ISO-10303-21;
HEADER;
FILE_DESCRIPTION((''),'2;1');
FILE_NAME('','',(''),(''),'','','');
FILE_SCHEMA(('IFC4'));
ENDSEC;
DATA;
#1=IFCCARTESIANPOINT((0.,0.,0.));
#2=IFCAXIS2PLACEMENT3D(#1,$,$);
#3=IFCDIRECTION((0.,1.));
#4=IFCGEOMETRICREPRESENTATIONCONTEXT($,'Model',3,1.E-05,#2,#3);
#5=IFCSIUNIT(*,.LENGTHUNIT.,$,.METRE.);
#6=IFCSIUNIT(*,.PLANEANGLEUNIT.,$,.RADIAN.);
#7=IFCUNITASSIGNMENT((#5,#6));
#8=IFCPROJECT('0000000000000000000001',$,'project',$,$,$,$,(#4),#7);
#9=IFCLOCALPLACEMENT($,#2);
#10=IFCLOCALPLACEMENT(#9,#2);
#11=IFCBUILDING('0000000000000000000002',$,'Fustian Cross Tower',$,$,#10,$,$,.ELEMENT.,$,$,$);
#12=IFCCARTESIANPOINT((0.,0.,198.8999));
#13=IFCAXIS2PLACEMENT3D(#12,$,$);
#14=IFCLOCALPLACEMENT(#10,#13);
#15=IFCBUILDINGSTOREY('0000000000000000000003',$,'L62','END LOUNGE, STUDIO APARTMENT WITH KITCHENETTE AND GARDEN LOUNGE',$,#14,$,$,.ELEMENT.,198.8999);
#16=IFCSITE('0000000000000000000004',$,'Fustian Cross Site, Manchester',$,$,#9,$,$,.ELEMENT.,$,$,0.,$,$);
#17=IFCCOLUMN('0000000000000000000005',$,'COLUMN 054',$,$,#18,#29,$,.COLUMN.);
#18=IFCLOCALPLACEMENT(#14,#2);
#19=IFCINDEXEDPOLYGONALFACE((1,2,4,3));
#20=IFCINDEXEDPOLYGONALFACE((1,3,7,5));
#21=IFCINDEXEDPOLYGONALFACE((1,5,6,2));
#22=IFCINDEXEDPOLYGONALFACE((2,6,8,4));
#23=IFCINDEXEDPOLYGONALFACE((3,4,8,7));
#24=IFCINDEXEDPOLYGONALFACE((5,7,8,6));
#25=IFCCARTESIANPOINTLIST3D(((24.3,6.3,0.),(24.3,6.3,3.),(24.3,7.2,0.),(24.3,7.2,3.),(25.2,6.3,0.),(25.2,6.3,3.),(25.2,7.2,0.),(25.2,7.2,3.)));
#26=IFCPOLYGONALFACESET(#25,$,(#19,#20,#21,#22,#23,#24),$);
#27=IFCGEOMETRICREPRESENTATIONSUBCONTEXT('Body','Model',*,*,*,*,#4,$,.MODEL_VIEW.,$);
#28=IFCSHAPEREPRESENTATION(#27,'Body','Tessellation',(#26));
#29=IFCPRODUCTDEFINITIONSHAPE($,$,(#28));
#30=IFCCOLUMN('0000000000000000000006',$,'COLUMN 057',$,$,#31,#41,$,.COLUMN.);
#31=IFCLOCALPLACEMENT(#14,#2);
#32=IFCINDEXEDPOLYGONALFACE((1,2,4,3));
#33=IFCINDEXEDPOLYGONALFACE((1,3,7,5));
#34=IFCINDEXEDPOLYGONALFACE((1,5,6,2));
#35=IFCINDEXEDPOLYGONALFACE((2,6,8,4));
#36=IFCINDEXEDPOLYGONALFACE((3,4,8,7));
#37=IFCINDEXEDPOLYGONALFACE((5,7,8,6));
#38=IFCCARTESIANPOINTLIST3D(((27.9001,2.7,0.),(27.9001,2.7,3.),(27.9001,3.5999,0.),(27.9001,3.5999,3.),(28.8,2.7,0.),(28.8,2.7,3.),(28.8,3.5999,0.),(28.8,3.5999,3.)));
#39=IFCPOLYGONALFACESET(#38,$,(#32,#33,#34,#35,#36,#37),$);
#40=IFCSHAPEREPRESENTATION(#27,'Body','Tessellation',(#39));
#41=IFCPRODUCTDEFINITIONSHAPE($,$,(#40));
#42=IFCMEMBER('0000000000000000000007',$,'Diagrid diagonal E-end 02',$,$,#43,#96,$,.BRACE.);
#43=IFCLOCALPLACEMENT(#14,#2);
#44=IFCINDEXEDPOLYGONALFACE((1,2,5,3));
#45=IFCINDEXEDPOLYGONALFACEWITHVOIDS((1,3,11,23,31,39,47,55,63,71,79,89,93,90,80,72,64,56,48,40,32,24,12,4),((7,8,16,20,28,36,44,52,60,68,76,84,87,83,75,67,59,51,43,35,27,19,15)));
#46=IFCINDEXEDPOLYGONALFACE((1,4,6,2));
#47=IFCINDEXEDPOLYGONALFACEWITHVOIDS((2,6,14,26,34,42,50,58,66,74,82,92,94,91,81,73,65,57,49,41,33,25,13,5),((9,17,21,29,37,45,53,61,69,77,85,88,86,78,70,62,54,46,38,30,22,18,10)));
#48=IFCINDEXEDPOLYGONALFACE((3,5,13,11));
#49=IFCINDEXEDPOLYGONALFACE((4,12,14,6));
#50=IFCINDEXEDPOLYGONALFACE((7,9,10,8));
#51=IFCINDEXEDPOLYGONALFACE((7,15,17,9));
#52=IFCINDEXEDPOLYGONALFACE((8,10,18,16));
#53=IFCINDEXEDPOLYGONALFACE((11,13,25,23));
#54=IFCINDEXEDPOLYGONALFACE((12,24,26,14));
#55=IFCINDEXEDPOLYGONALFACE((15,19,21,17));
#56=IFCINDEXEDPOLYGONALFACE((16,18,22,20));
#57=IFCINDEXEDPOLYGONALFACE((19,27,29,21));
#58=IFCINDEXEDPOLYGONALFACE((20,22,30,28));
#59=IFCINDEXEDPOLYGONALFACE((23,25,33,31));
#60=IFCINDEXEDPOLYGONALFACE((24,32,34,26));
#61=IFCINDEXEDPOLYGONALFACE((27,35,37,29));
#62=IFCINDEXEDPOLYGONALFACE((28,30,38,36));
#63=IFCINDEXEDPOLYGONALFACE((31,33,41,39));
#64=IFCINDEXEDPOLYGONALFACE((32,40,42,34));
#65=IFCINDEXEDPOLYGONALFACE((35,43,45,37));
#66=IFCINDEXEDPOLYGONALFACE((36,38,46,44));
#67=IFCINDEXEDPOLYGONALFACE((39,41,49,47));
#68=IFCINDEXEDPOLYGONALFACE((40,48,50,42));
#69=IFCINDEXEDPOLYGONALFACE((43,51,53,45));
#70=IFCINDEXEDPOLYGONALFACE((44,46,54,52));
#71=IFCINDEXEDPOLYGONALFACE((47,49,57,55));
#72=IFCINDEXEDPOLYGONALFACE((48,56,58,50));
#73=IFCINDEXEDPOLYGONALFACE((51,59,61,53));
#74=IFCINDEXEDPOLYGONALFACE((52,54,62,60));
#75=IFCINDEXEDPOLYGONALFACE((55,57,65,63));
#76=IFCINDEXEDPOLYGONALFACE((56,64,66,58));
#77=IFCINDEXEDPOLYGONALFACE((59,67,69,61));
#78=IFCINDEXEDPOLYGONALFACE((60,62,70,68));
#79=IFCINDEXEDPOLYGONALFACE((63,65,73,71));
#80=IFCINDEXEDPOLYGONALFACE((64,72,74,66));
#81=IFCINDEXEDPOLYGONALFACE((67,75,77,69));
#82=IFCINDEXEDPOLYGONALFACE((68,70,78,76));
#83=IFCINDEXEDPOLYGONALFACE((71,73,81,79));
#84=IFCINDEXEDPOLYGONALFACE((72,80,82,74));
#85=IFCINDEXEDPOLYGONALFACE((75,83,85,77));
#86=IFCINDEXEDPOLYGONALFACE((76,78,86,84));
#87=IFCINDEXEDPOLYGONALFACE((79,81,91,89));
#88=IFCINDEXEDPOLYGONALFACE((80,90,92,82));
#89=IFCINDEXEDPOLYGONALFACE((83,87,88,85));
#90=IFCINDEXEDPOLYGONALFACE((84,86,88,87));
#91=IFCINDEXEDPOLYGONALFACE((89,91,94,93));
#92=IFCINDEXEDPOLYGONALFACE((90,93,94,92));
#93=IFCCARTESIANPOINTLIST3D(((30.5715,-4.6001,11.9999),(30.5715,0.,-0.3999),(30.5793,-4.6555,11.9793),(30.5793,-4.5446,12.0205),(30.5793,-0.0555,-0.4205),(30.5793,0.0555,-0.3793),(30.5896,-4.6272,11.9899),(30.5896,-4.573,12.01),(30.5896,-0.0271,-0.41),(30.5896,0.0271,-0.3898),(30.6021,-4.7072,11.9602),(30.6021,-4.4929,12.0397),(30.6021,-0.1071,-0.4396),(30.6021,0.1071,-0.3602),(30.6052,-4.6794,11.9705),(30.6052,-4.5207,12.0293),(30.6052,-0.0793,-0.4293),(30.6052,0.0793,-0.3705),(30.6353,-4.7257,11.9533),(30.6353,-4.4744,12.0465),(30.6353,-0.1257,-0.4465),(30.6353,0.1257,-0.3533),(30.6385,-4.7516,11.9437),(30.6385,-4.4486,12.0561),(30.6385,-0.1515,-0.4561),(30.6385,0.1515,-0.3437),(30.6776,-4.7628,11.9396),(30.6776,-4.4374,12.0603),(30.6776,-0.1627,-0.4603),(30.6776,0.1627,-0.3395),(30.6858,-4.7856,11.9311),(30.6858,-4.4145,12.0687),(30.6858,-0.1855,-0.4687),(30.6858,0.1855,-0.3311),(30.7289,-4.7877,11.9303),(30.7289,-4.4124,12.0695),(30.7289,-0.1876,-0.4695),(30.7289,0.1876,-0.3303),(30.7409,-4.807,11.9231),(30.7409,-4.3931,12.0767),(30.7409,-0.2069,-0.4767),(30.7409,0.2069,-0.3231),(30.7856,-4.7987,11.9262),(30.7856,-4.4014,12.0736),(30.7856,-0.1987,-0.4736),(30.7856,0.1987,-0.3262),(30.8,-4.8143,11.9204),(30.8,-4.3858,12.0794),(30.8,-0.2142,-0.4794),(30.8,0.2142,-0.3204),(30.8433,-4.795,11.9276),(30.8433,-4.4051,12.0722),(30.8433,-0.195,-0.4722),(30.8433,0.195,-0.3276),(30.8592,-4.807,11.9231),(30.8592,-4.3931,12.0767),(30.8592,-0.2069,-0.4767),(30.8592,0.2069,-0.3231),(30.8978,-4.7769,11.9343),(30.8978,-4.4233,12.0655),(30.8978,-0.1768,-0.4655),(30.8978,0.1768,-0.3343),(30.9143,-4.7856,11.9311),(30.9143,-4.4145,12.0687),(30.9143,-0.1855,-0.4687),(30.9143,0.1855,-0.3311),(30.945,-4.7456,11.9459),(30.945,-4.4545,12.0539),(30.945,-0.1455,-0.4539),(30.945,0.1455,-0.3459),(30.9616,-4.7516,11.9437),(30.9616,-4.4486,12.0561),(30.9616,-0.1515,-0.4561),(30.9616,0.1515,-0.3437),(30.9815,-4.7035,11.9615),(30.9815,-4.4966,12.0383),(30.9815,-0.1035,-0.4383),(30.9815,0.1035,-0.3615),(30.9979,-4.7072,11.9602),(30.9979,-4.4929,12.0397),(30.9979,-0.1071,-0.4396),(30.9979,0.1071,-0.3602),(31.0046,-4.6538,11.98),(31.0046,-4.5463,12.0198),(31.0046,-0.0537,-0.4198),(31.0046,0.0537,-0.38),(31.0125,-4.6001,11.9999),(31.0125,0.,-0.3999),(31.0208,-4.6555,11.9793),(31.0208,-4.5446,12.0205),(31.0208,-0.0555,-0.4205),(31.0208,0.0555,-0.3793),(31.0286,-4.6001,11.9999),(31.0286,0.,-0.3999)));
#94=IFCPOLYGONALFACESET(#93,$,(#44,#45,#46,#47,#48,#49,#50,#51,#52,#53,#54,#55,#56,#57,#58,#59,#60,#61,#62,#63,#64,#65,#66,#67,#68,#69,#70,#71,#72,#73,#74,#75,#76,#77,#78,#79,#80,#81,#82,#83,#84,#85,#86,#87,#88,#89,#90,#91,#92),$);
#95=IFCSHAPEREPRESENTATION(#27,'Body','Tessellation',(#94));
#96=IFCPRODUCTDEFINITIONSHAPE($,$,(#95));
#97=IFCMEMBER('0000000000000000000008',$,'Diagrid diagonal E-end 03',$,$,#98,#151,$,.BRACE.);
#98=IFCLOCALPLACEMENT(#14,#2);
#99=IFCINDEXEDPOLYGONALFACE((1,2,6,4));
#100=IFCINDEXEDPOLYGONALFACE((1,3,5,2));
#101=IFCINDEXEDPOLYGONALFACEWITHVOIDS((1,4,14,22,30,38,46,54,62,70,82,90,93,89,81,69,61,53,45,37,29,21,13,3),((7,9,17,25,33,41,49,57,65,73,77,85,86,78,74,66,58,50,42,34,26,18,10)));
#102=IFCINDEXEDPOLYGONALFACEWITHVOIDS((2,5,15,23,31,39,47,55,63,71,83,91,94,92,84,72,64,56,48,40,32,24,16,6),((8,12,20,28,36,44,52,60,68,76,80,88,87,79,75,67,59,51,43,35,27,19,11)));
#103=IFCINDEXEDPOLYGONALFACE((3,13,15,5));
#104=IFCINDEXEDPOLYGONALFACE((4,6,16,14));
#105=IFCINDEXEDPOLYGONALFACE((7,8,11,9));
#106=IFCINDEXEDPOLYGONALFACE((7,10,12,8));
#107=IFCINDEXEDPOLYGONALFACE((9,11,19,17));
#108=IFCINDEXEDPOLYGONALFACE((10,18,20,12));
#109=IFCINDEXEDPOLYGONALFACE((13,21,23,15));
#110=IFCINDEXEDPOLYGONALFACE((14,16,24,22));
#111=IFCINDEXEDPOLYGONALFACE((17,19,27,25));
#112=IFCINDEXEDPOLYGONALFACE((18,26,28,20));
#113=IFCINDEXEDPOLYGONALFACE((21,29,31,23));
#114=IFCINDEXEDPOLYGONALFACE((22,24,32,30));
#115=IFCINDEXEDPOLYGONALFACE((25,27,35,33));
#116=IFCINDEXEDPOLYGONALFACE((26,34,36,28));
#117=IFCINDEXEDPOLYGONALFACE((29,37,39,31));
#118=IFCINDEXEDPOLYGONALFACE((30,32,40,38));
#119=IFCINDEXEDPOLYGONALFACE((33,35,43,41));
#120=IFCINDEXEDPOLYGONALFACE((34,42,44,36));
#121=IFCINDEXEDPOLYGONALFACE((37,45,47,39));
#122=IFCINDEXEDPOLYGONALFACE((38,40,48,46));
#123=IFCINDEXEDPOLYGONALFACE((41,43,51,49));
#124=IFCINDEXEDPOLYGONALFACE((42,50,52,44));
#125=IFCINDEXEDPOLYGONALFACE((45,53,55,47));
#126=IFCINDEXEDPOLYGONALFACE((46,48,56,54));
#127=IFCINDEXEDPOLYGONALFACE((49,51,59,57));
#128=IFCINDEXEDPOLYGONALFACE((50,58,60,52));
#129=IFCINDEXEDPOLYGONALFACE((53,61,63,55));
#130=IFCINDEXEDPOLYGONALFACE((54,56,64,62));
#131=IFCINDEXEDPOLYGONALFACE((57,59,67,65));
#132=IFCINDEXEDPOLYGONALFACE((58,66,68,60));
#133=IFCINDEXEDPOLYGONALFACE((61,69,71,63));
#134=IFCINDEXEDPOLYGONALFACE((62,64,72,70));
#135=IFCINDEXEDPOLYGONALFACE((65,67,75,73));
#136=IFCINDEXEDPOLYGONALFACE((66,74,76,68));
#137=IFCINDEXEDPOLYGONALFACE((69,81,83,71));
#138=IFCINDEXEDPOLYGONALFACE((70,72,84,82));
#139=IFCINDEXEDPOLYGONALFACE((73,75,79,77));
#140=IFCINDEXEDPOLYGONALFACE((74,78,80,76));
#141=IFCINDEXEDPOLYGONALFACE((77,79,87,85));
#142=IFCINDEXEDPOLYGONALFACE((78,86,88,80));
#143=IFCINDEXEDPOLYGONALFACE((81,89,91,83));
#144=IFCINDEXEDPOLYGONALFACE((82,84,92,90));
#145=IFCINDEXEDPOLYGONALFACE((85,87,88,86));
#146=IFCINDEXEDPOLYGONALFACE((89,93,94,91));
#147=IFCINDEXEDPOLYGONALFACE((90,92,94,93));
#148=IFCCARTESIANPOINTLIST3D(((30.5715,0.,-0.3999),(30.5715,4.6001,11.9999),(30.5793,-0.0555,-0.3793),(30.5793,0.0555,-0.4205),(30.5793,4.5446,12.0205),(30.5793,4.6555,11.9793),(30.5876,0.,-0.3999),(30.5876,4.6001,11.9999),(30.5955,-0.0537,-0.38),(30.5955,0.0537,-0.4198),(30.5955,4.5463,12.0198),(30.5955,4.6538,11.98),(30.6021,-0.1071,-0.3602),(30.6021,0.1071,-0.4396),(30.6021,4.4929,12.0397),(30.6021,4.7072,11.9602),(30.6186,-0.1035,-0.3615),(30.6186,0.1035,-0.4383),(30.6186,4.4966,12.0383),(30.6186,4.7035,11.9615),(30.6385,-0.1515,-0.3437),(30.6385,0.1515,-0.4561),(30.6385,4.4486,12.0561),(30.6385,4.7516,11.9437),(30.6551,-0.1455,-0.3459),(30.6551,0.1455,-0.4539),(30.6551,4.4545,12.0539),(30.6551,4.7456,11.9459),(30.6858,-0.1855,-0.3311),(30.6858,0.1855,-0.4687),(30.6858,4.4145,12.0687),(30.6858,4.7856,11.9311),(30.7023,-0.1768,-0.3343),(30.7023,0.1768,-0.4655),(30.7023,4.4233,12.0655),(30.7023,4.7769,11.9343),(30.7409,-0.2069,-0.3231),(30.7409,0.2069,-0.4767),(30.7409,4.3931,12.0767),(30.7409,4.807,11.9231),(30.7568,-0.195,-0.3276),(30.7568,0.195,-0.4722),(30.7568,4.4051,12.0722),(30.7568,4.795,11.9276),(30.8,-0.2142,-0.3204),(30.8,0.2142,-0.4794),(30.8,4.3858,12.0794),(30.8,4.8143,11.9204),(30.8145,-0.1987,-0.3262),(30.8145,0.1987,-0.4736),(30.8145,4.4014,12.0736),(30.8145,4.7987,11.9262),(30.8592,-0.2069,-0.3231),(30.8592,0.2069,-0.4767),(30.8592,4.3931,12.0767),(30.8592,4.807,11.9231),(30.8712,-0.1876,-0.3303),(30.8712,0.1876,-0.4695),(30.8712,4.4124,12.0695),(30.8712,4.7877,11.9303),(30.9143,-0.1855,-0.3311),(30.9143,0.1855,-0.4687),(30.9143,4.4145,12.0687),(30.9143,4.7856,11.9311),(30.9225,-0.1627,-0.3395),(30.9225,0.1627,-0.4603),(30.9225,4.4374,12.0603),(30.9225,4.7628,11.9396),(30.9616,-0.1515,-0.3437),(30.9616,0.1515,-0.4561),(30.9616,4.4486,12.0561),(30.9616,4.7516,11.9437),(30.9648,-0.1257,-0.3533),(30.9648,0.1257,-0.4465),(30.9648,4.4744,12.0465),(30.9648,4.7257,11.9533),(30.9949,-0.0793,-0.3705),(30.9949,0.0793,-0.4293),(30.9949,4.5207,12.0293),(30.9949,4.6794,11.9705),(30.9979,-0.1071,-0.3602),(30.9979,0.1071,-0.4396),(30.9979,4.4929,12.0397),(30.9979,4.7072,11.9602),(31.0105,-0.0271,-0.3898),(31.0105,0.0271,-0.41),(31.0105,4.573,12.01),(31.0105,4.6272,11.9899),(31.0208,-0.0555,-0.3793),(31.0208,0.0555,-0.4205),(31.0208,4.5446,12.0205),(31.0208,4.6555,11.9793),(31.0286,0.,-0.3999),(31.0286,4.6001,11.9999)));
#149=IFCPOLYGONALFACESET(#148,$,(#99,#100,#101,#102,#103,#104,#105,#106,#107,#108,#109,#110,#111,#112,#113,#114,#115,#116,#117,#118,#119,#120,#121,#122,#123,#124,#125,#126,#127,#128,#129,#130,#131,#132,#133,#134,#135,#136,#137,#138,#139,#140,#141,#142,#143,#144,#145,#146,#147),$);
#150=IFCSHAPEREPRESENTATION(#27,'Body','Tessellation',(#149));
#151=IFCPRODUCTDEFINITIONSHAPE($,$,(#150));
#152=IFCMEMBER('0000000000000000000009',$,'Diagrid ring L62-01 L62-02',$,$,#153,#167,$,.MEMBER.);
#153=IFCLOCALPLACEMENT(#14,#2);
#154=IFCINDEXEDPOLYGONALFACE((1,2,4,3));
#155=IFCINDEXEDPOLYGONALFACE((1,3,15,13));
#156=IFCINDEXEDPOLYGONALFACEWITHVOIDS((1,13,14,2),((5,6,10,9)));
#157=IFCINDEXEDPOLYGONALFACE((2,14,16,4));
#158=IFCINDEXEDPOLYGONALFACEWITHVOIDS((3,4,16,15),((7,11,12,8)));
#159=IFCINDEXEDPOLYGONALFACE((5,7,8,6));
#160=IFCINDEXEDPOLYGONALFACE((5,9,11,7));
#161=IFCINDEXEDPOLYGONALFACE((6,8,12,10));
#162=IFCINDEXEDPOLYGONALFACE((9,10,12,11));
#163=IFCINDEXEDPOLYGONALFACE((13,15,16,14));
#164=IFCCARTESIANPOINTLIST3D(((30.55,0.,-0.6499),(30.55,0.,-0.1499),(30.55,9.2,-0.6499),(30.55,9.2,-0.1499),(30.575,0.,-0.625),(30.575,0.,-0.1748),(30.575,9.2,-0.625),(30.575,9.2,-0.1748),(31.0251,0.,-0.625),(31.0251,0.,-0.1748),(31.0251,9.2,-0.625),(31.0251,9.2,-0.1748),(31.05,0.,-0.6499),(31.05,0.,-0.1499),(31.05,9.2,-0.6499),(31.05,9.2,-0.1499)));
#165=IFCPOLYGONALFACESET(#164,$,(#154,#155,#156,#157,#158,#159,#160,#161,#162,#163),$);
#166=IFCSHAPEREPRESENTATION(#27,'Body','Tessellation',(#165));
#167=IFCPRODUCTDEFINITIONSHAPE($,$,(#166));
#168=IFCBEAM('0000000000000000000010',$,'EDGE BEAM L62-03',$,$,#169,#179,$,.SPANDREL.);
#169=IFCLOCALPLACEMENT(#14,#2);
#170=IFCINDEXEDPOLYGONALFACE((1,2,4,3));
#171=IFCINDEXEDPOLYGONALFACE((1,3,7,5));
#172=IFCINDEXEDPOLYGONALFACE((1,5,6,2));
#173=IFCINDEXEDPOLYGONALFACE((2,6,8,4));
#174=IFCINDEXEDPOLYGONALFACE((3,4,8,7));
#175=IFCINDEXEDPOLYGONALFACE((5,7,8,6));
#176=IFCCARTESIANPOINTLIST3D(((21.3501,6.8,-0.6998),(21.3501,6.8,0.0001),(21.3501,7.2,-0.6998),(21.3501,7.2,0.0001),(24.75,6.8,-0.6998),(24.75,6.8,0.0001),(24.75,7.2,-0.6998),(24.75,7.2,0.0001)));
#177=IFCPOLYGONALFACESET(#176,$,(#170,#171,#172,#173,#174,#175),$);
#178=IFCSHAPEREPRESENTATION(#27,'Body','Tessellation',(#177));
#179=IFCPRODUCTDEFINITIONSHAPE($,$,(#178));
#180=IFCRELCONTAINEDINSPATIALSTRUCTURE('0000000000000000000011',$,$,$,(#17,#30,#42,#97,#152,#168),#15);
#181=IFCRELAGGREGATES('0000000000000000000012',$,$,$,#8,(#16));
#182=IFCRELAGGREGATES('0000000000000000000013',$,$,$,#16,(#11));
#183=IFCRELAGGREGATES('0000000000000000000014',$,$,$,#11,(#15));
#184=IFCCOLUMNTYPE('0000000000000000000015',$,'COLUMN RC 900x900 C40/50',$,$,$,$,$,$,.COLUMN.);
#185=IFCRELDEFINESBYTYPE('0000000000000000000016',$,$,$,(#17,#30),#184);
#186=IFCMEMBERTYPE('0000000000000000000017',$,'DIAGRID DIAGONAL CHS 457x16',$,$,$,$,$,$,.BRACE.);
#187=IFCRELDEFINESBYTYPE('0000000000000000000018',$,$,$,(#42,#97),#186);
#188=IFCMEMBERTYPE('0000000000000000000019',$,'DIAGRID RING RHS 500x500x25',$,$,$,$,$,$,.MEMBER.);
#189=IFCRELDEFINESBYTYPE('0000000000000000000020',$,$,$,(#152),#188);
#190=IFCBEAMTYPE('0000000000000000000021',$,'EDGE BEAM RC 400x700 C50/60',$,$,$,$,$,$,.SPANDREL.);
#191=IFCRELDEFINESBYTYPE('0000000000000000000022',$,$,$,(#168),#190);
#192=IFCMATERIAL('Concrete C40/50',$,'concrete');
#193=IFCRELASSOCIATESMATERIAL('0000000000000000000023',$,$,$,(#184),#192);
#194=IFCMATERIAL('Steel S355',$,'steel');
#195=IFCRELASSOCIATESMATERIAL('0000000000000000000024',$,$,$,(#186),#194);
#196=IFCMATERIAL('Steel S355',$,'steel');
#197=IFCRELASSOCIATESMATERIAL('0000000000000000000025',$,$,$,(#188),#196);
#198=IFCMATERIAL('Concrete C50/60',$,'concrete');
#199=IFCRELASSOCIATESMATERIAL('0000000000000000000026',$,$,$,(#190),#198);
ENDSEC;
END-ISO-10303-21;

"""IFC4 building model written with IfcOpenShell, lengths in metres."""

from ifc_helpers import new_model, si_unit, direction, frame, origin, origin_2d, place, context, subcontext, project, spatial, rectangle, hollow_rectangle, hollow_circle, extrude, material, material_profile, profile_set, type_object, element, save


model = new_model("IFC4")

# Units and contexts
model_context = context("Model", 3, precision=1e-05, world=origin(), true_north=direction((0.0, 1.0)))
body_context = subcontext(model_context, "Body", "Model", "MODEL_VIEW")
ifc_project = project(units=[si_unit("LENGTHUNIT", "METRE"), si_unit("PLANEANGLEUNIT", "RADIAN")], contexts=[model_context])

# Site, building, storey
site_placement = place(None, origin())
site = spatial("IfcSite", under=ifc_project, at=site_placement, Name="Fustian Cross Site, Manchester", CompositionType="ELEMENT", RefElevation=0.0)
building_placement = place(site_placement, origin())
building = spatial("IfcBuilding", under=site, at=building_placement, Name="Fustian Cross Tower", CompositionType="ELEMENT")
storey_placement = place(building_placement, frame((0.0, 0.0, 198.8999)))
storey = spatial("IfcBuildingStorey", under=building, at=storey_placement, Name="L62", Description="END LOUNGE, STUDIO APARTMENT WITH KITCHENETTE AND GARDEN LOUNGE", CompositionType="ELEMENT", Elevation=198.8999)

# Columns
ifc_material_1 = material(Name="Concrete C40/50", Category="concrete")
ifc_material_profile_1 = material_profile(ifc_material_1, rectangle(XDim=0.8999, YDim=0.8999, at=origin_2d()), Name="RC 900x900")
ifc_profile_set_1 = profile_set([ifc_material_profile_1], Name="Concrete C40/50")
column_type = type_object("IfcColumnType", Name="COLUMN RC 900x900 C40/50", PredefinedType="COLUMN", material=ifc_profile_set_1)
for number, where, z_axis, x_axis, name in (
    (1, (24.75, 6.75, 0.0), (0.0, 0.0, 1.0), (1.0, 0.0, 0.0), "COLUMN 054"),
    (2, (28.3501, 3.1499, 0.0), (0.0, 0.0, 1.0), (1.0, 0.0, 0.0), "COLUMN 057"),
):
    element("IfcColumn", number, at=place(storey_placement, frame(where, z_axis=z_axis, x_axis=x_axis)), inside=storey, type_object=column_type, Name=name, PredefinedType="COLUMN", context=body_context, shape_type="SweptSolid", body=[
        extrude(rectangle(XDim=0.8999, YDim=0.8999, at=origin_2d()), origin(), (0.0, 0.0, 1.0), 3.0),
    ])

# Members
ifc_material_2 = material(Name="Steel S355", Category="steel")
ifc_material_profile_2 = material_profile(ifc_material_2, hollow_circle(Radius=0.2285, WallThickness=0.0161, at=origin_2d()), Name="CHS 457x16")
ifc_profile_set_2 = profile_set([ifc_material_profile_2], Name="Steel S355")
member_type_1 = type_object("IfcMemberType", Name="DIAGRID DIAGONAL CHS 457x16", PredefinedType="BRACE", material=ifc_profile_set_2)
for number, where, z_axis, x_axis, name in (
    (3, (30.8, 0.0, -0.3999), (0.0, -0.347816, 0.937563), (1.0, 0.0, 0.0), "Diagrid diagonal E-end 02"),
    (4, (30.8, 0.0, -0.3999), (0.0, 0.347816, 0.937563), (-1.0, 0.0, 0.0), "Diagrid diagonal E-end 03"),
):
    element("IfcMember", number, at=place(storey_placement, frame(where, z_axis=z_axis, x_axis=x_axis)), inside=storey, type_object=member_type_1, Name=name, PredefinedType="BRACE", context=body_context, shape_type="SweptSolid", body=[
        extrude(hollow_circle(Radius=0.2285, WallThickness=0.0161, at=origin_2d()), origin(), (0.0, 0.0, 1.0), 13.2256),
    ])
ifc_material_3 = material(Name="Steel S355", Category="steel")
ifc_material_profile_3 = material_profile(ifc_material_3, hollow_rectangle(XDim=0.5, YDim=0.5, WallThickness=0.0249, at=origin_2d()), Name="RHS 500x500x25")
ifc_profile_set_3 = profile_set([ifc_material_profile_3], Name="Steel S355")
member_type_2 = type_object("IfcMemberType", Name="DIAGRID RING RHS 500x500x25", PredefinedType="MEMBER", material=ifc_profile_set_3)
member_placement = place(storey_placement, frame((30.8, 0.0, -0.3999), z_axis=(0.0, 1.0, 0.0), x_axis=(-1.0, 0.0, 0.0)))
element("IfcMember", 5, at=member_placement, inside=storey, type_object=member_type_2, Name="Diagrid ring L62-01 L62-02", PredefinedType="MEMBER", context=body_context, shape_type="SweptSolid", body=[
    extrude(hollow_rectangle(XDim=0.5, YDim=0.5, WallThickness=0.0249, at=origin_2d()), origin(), (0.0, 0.0, 1.0), 9.2),
])

# Beam
ifc_material_4 = material(Name="Concrete C50/60", Category="concrete")
ifc_material_profile_4 = material_profile(ifc_material_4, rectangle(XDim=0.3999, YDim=0.7, at=origin_2d()), Name="RC 400x700")
ifc_profile_set_4 = profile_set([ifc_material_profile_4], Name="Concrete C50/60")
beam_type = type_object("IfcBeamType", Name="EDGE BEAM RC 400x700 C50/60", PredefinedType="SPANDREL", material=ifc_profile_set_4)
beam_placement = place(storey_placement, frame((24.75, 7.0, -0.3499), z_axis=(-1.0, 0.0, 0.0), x_axis=(0.0, -1.0, 0.0)))
element("IfcBeam", 6, at=beam_placement, inside=storey, type_object=beam_type, Name="EDGE BEAM L62-03", PredefinedType="SPANDREL", context=body_context, shape_type="SweptSolid", body=[
    extrude(rectangle(XDim=0.3999, YDim=0.7, at=origin_2d()), origin(), (0.0, 0.0, 1.0), 3.3999),
])

save(model, "model.ifc")
